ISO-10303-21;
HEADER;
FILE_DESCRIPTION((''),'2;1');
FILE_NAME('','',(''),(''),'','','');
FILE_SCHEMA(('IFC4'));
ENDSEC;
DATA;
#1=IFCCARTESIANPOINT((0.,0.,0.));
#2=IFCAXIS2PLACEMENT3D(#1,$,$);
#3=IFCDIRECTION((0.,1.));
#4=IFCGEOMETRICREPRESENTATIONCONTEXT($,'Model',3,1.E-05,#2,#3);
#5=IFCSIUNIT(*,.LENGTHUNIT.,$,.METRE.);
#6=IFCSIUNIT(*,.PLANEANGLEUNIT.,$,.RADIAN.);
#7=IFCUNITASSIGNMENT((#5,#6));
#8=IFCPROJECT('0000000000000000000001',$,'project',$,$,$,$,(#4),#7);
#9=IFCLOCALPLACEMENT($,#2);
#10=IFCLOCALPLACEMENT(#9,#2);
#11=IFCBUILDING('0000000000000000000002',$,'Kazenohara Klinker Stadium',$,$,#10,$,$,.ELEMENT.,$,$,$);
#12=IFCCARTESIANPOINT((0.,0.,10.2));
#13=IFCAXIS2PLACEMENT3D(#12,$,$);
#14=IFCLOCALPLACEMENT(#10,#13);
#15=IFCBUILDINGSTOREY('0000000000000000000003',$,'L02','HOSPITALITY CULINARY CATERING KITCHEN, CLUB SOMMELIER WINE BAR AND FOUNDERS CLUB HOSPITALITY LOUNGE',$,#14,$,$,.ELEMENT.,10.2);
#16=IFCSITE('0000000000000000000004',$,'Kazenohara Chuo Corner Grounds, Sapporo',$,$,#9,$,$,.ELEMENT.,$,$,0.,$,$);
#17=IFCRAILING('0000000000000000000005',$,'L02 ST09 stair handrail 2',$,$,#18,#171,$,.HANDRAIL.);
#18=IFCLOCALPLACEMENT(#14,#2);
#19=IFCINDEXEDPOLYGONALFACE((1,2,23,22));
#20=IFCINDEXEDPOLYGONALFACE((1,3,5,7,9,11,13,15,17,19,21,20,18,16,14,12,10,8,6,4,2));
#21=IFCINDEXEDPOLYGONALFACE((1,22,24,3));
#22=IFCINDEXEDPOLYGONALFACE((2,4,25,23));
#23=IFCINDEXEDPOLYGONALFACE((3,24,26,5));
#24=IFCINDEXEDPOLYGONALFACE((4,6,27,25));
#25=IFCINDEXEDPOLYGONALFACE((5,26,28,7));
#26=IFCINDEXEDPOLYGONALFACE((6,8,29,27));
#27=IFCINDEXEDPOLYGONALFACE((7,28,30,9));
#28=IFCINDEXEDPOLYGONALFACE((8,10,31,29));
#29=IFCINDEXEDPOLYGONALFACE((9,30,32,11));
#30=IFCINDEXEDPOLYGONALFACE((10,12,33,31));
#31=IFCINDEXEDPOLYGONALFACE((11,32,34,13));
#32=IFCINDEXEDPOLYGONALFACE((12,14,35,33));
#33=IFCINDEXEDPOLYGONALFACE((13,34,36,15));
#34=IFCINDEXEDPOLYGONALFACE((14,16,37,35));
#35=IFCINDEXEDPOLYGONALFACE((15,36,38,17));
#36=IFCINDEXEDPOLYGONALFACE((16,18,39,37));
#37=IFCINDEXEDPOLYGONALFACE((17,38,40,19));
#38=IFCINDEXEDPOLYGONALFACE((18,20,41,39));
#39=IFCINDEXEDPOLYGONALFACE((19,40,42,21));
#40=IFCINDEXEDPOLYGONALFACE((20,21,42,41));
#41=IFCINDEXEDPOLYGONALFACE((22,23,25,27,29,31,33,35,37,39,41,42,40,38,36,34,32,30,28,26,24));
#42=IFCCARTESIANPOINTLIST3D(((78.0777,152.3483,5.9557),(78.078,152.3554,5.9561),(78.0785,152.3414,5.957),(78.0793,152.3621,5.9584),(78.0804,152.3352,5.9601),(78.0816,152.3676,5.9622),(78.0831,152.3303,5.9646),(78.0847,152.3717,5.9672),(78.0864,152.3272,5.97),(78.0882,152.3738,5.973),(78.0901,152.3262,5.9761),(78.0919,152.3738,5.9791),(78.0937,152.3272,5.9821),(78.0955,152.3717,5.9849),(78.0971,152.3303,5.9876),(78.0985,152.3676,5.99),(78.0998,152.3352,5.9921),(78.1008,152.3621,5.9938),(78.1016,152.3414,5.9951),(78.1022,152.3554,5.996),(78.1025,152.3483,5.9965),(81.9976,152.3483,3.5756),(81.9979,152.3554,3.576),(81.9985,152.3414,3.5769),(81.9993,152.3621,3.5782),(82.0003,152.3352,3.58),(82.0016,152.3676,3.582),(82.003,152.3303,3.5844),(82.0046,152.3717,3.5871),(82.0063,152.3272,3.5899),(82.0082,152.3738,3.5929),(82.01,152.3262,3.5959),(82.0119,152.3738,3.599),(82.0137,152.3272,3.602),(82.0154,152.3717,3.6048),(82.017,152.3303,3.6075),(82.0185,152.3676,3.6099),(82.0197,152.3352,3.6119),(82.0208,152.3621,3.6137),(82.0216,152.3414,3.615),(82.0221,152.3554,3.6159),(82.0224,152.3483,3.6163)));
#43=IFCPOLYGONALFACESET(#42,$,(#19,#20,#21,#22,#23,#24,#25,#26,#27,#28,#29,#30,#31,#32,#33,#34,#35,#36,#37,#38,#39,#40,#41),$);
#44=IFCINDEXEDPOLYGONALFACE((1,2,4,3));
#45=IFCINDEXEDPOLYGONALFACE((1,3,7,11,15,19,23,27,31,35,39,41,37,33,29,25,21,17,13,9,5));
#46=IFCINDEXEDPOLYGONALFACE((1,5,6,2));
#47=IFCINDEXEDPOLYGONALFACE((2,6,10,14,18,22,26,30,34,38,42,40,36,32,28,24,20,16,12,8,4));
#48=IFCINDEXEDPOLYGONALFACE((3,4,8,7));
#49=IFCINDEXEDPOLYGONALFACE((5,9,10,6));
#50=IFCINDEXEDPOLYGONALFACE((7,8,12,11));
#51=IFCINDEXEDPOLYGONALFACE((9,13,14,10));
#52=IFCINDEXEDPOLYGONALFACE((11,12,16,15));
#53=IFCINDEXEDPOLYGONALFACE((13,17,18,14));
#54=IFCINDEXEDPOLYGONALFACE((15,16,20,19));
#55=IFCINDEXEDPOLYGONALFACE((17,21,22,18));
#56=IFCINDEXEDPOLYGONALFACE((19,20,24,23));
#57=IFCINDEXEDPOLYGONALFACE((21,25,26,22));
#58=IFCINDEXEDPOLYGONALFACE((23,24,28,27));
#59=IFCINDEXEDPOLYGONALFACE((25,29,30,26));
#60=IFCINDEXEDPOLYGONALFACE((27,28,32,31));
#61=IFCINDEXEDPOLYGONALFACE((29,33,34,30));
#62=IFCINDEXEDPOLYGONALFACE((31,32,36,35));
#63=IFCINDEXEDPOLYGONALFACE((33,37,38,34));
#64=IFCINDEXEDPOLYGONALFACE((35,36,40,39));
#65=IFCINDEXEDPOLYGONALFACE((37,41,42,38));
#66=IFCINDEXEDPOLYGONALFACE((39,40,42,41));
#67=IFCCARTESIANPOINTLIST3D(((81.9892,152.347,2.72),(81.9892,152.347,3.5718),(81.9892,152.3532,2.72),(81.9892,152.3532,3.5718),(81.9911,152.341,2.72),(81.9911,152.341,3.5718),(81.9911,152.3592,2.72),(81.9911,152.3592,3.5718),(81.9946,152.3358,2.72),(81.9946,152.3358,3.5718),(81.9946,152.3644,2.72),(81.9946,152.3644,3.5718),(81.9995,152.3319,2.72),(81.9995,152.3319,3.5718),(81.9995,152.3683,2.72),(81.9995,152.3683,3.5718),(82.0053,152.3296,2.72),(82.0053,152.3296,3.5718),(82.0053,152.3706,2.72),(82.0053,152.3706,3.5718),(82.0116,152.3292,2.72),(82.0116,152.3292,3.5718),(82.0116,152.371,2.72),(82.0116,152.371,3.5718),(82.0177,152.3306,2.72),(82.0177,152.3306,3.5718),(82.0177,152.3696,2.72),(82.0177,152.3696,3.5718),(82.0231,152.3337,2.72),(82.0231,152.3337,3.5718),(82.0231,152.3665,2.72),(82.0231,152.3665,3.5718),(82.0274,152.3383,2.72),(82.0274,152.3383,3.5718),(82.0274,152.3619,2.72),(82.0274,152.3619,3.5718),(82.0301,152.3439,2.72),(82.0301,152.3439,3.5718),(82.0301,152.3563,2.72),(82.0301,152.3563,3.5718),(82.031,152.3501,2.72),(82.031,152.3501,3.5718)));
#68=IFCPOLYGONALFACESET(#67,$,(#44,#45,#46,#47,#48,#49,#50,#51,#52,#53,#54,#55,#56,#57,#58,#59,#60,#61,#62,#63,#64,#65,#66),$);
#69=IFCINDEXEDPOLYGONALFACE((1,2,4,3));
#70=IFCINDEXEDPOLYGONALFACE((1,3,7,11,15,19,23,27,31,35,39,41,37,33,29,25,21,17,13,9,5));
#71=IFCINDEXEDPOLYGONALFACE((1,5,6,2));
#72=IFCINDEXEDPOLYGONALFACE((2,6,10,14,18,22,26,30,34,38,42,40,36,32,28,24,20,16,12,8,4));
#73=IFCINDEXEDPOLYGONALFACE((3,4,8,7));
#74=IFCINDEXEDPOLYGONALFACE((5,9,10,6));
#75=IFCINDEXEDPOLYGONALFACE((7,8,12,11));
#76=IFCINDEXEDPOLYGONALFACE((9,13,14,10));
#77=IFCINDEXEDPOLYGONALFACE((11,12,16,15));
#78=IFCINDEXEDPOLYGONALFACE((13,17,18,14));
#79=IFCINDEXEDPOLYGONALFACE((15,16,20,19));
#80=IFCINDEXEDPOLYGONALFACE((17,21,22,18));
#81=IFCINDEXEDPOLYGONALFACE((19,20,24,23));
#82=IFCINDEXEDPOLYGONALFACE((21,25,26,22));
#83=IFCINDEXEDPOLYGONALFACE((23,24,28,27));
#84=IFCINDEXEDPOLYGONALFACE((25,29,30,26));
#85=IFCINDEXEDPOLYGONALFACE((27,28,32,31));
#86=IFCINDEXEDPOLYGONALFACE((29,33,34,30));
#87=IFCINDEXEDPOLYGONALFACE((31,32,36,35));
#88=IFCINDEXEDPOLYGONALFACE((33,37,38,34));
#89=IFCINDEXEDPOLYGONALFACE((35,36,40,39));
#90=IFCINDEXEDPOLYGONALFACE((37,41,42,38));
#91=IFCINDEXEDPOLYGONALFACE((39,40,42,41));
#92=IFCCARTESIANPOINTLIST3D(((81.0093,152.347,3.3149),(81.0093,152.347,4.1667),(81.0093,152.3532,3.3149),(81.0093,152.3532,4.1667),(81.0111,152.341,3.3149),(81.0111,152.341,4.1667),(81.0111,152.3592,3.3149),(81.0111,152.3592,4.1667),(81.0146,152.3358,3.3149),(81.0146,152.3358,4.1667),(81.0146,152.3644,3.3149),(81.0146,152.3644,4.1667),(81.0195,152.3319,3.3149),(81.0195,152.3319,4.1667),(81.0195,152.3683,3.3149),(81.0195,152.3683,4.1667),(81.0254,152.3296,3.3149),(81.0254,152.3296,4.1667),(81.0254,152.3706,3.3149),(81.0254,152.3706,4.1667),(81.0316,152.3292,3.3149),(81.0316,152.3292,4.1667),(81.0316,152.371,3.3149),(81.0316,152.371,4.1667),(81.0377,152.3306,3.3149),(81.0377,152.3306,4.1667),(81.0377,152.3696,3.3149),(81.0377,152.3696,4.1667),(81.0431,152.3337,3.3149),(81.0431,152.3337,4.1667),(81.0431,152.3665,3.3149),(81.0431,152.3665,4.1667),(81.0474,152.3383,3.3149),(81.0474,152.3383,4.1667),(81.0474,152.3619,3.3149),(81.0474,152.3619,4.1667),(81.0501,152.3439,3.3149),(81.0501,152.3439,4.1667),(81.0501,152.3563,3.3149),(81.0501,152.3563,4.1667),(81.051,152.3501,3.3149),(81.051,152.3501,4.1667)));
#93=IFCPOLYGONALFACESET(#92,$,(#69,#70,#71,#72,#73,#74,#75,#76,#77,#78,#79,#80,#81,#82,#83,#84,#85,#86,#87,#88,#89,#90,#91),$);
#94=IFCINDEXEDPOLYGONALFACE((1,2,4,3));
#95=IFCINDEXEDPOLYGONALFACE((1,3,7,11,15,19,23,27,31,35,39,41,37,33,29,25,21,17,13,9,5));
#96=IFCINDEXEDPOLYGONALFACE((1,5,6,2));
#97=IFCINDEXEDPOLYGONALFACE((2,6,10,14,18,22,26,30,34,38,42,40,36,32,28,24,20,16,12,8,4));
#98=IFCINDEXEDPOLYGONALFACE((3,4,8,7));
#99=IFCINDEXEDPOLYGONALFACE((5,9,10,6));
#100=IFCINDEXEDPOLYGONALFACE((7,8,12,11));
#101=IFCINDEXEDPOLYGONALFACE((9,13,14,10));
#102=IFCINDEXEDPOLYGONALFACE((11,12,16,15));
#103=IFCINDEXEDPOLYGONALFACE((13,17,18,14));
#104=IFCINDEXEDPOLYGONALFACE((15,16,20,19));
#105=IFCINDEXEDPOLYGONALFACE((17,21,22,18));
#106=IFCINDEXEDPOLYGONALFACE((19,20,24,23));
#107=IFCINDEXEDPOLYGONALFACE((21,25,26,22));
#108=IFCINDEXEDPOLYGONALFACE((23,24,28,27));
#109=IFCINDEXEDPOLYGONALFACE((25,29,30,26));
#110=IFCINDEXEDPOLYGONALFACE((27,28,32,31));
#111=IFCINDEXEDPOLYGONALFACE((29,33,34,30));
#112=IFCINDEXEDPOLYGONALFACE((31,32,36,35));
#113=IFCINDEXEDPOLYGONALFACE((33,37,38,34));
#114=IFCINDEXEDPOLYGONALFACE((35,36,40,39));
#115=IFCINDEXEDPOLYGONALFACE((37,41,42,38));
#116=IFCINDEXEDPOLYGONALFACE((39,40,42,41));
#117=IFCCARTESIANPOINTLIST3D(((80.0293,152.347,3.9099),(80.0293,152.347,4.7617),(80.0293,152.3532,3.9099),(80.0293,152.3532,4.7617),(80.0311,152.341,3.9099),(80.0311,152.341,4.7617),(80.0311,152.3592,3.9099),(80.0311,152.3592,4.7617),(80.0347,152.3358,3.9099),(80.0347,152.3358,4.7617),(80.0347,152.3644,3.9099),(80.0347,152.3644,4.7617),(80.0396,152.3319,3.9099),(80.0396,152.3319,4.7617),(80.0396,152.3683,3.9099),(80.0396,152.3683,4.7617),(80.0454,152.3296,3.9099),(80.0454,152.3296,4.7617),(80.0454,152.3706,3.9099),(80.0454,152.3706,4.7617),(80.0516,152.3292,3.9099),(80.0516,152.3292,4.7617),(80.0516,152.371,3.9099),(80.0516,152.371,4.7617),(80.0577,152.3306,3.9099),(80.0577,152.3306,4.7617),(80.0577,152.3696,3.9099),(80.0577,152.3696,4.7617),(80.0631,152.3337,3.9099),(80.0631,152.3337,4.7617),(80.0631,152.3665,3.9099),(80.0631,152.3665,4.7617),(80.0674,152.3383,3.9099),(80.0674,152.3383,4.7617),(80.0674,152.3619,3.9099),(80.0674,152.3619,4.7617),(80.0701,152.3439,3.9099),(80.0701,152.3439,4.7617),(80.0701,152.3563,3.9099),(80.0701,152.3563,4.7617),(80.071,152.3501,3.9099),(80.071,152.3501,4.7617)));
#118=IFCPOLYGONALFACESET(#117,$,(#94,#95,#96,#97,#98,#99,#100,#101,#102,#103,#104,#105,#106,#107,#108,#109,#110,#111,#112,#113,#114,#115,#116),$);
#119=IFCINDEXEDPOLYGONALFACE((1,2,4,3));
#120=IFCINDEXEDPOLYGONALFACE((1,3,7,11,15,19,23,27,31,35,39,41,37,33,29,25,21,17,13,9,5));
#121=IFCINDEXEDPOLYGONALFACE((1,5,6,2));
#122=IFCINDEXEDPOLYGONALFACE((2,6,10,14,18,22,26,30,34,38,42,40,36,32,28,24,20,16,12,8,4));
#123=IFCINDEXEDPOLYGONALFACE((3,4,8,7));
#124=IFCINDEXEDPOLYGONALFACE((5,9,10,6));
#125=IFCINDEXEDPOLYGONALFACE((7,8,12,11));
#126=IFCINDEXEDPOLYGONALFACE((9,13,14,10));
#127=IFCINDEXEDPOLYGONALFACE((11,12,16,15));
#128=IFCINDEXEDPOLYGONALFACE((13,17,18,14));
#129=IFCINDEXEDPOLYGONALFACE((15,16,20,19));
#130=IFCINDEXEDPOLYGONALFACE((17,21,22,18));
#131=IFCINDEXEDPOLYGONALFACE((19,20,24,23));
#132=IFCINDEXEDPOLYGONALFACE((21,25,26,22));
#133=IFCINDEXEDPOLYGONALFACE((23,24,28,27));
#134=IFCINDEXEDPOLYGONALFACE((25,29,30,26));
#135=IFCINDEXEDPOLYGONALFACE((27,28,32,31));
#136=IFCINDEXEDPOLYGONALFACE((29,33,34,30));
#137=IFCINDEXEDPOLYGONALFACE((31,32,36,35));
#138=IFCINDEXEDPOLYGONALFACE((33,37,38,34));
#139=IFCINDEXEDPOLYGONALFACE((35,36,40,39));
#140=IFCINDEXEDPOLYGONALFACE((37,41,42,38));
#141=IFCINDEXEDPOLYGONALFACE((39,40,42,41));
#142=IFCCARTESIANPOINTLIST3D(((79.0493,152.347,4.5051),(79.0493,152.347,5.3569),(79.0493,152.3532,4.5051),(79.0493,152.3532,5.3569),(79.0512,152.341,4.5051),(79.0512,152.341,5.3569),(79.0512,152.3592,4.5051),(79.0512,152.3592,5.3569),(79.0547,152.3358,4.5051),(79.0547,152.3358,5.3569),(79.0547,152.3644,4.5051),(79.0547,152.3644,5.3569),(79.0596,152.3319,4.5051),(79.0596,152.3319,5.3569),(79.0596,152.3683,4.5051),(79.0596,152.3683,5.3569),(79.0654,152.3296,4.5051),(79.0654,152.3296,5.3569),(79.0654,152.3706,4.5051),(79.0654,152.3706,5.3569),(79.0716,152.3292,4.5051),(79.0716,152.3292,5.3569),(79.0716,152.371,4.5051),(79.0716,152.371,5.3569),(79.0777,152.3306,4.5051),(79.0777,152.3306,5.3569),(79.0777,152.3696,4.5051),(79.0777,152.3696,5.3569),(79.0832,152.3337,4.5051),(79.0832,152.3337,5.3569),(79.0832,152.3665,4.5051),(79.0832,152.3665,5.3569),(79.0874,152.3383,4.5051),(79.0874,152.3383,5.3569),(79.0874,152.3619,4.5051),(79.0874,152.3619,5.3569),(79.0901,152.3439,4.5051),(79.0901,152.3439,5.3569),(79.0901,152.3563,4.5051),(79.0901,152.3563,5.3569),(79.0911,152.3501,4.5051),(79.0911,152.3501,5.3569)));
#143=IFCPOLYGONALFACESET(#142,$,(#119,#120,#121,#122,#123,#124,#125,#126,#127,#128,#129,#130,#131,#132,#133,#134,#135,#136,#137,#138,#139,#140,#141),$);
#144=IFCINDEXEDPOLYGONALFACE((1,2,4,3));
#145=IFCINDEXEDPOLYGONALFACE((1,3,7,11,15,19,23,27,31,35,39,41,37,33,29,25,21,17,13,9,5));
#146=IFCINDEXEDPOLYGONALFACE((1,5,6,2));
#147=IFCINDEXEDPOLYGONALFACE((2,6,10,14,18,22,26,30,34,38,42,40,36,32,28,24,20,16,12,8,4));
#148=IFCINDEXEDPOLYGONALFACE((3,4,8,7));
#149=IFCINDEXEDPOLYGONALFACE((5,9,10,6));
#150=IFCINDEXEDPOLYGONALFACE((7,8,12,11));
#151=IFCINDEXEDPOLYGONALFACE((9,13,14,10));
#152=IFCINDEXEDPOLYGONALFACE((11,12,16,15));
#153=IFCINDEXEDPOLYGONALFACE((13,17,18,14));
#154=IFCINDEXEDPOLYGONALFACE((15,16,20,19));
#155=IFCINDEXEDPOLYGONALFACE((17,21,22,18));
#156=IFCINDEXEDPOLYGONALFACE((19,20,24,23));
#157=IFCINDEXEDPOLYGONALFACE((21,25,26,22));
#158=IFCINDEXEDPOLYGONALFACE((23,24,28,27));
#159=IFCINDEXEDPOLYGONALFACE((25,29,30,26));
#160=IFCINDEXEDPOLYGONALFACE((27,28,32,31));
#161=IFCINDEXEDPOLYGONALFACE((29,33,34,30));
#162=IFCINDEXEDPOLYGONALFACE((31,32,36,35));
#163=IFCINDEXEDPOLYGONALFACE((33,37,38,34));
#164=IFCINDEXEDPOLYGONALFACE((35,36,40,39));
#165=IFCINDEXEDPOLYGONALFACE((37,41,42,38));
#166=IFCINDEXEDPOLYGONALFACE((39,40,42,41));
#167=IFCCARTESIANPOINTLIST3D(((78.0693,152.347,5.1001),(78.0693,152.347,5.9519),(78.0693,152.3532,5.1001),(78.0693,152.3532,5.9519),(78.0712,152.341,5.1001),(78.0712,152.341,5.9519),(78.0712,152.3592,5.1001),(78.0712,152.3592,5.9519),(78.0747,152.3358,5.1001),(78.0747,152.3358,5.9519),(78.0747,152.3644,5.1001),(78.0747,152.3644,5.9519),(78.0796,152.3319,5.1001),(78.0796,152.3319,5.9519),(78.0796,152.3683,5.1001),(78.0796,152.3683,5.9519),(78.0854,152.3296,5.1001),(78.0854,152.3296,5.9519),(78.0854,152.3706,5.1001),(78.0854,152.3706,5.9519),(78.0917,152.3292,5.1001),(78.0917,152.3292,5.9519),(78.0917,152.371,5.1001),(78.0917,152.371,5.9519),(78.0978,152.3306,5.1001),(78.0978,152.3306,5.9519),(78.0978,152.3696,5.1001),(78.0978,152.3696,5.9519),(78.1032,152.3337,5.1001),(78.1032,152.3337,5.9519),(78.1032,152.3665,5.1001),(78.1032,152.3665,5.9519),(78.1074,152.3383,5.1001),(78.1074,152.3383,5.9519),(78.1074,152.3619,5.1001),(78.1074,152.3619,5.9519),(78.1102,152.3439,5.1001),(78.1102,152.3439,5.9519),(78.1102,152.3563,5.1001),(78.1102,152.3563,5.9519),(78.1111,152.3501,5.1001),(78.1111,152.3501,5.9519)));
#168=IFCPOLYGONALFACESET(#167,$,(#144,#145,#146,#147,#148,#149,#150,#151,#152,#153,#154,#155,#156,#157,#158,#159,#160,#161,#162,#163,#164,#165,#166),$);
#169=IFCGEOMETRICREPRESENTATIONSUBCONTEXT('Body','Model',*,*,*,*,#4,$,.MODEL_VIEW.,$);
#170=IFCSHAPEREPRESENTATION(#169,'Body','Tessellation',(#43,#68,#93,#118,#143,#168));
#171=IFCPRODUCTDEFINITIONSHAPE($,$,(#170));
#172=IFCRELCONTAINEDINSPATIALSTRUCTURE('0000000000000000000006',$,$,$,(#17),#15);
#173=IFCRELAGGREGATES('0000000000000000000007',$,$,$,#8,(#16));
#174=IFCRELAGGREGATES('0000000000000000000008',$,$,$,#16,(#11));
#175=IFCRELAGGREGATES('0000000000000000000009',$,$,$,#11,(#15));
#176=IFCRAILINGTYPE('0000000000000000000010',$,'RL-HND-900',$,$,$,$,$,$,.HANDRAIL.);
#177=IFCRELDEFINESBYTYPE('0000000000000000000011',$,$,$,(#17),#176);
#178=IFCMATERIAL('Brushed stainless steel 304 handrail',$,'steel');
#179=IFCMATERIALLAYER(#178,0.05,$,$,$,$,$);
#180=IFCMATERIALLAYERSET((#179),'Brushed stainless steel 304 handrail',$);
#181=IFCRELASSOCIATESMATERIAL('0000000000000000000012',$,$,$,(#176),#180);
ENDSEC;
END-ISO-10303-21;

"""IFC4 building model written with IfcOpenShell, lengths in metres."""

from ifc_helpers import new_model, si_unit, direction, frame, origin, origin_2d, place, context, subcontext, project, spatial, circle, extrude, material, layer, layer_set, type_object, element, save


model = new_model("IFC4")

# Units and contexts
model_context = context("Model", 3, precision=1e-05, world=origin(), true_north=direction((0.0, 1.0)))
body_context = subcontext(model_context, "Body", "Model", "MODEL_VIEW")
ifc_project = project(units=[si_unit("LENGTHUNIT", "METRE"), si_unit("PLANEANGLEUNIT", "RADIAN")], contexts=[model_context])

# Site, building, storey
site_placement = place(None, origin())
site = spatial("IfcSite", under=ifc_project, at=site_placement, Name="Kazenohara Chuo Corner Grounds, Sapporo", CompositionType="ELEMENT", RefElevation=0.0)
building_placement = place(site_placement, origin())
building = spatial("IfcBuilding", under=site, at=building_placement, Name="Kazenohara Klinker Stadium", CompositionType="ELEMENT")
storey_placement = place(building_placement, frame((0.0, 0.0, 10.2)))
storey = spatial("IfcBuildingStorey", under=building, at=storey_placement, Name="L02", Description="HOSPITALITY CULINARY CATERING KITCHEN, CLUB SOMMELIER WINE BAR AND FOUNDERS CLUB HOSPITALITY LOUNGE", CompositionType="ELEMENT", Elevation=10.2)

# Railing
ifc_material_1 = material(Name="Brushed stainless steel 304 handrail", Category="steel")
ifc_layer_1 = layer(ifc_material_1, 0.05)
ifc_layer_set_1 = layer_set([ifc_layer_1], Name="Brushed stainless steel 304 handrail")
railing_type_1 = type_object("IfcRailingType", Name="RL-HND-900", PredefinedType="HANDRAIL", material=ifc_layer_set_1)
railing_1_placement = place(storey_placement, frame((82.01, 152.3501, 2.72)))
element("IfcRailing", 1, at=railing_1_placement, inside=storey, type_object=railing_type_1, Name="L02 ST09 stair handrail 2", PredefinedType="HANDRAIL", context=body_context, shape_type="SweptSolid", body=[
    extrude(circle(Radius=0.0239, at=origin_2d()), frame((0.0, 0.0, 0.876), z_axis=(-0.854771, 0.0, 0.519006), x_axis=(0.0, -1.0, 0.0)), (0.0, 0.0, 1.0), 4.5859),
    extrude(circle(Radius=0.021, at=origin_2d()), origin(), (0.0, 0.0, 1.0), 0.8518),
    extrude(circle(Radius=0.021, at=origin_2d()), frame((-0.98, 0.0, 0.595)), (0.0, 0.0, 1.0), 0.8518),
    extrude(circle(Radius=0.021, at=origin_2d()), frame((-1.96, 0.0, 1.1899)), (0.0, 0.0, 1.0), 0.8518),
    extrude(circle(Radius=0.021, at=origin_2d()), frame((-2.9399, 0.0, 1.7852)), (0.0, 0.0, 1.0), 0.8518),
    extrude(circle(Radius=0.021, at=origin_2d()), frame((-3.9199, 0.0, 2.3801)), (0.0, 0.0, 1.0), 0.8518),
])

save(model, "model.ifc")
